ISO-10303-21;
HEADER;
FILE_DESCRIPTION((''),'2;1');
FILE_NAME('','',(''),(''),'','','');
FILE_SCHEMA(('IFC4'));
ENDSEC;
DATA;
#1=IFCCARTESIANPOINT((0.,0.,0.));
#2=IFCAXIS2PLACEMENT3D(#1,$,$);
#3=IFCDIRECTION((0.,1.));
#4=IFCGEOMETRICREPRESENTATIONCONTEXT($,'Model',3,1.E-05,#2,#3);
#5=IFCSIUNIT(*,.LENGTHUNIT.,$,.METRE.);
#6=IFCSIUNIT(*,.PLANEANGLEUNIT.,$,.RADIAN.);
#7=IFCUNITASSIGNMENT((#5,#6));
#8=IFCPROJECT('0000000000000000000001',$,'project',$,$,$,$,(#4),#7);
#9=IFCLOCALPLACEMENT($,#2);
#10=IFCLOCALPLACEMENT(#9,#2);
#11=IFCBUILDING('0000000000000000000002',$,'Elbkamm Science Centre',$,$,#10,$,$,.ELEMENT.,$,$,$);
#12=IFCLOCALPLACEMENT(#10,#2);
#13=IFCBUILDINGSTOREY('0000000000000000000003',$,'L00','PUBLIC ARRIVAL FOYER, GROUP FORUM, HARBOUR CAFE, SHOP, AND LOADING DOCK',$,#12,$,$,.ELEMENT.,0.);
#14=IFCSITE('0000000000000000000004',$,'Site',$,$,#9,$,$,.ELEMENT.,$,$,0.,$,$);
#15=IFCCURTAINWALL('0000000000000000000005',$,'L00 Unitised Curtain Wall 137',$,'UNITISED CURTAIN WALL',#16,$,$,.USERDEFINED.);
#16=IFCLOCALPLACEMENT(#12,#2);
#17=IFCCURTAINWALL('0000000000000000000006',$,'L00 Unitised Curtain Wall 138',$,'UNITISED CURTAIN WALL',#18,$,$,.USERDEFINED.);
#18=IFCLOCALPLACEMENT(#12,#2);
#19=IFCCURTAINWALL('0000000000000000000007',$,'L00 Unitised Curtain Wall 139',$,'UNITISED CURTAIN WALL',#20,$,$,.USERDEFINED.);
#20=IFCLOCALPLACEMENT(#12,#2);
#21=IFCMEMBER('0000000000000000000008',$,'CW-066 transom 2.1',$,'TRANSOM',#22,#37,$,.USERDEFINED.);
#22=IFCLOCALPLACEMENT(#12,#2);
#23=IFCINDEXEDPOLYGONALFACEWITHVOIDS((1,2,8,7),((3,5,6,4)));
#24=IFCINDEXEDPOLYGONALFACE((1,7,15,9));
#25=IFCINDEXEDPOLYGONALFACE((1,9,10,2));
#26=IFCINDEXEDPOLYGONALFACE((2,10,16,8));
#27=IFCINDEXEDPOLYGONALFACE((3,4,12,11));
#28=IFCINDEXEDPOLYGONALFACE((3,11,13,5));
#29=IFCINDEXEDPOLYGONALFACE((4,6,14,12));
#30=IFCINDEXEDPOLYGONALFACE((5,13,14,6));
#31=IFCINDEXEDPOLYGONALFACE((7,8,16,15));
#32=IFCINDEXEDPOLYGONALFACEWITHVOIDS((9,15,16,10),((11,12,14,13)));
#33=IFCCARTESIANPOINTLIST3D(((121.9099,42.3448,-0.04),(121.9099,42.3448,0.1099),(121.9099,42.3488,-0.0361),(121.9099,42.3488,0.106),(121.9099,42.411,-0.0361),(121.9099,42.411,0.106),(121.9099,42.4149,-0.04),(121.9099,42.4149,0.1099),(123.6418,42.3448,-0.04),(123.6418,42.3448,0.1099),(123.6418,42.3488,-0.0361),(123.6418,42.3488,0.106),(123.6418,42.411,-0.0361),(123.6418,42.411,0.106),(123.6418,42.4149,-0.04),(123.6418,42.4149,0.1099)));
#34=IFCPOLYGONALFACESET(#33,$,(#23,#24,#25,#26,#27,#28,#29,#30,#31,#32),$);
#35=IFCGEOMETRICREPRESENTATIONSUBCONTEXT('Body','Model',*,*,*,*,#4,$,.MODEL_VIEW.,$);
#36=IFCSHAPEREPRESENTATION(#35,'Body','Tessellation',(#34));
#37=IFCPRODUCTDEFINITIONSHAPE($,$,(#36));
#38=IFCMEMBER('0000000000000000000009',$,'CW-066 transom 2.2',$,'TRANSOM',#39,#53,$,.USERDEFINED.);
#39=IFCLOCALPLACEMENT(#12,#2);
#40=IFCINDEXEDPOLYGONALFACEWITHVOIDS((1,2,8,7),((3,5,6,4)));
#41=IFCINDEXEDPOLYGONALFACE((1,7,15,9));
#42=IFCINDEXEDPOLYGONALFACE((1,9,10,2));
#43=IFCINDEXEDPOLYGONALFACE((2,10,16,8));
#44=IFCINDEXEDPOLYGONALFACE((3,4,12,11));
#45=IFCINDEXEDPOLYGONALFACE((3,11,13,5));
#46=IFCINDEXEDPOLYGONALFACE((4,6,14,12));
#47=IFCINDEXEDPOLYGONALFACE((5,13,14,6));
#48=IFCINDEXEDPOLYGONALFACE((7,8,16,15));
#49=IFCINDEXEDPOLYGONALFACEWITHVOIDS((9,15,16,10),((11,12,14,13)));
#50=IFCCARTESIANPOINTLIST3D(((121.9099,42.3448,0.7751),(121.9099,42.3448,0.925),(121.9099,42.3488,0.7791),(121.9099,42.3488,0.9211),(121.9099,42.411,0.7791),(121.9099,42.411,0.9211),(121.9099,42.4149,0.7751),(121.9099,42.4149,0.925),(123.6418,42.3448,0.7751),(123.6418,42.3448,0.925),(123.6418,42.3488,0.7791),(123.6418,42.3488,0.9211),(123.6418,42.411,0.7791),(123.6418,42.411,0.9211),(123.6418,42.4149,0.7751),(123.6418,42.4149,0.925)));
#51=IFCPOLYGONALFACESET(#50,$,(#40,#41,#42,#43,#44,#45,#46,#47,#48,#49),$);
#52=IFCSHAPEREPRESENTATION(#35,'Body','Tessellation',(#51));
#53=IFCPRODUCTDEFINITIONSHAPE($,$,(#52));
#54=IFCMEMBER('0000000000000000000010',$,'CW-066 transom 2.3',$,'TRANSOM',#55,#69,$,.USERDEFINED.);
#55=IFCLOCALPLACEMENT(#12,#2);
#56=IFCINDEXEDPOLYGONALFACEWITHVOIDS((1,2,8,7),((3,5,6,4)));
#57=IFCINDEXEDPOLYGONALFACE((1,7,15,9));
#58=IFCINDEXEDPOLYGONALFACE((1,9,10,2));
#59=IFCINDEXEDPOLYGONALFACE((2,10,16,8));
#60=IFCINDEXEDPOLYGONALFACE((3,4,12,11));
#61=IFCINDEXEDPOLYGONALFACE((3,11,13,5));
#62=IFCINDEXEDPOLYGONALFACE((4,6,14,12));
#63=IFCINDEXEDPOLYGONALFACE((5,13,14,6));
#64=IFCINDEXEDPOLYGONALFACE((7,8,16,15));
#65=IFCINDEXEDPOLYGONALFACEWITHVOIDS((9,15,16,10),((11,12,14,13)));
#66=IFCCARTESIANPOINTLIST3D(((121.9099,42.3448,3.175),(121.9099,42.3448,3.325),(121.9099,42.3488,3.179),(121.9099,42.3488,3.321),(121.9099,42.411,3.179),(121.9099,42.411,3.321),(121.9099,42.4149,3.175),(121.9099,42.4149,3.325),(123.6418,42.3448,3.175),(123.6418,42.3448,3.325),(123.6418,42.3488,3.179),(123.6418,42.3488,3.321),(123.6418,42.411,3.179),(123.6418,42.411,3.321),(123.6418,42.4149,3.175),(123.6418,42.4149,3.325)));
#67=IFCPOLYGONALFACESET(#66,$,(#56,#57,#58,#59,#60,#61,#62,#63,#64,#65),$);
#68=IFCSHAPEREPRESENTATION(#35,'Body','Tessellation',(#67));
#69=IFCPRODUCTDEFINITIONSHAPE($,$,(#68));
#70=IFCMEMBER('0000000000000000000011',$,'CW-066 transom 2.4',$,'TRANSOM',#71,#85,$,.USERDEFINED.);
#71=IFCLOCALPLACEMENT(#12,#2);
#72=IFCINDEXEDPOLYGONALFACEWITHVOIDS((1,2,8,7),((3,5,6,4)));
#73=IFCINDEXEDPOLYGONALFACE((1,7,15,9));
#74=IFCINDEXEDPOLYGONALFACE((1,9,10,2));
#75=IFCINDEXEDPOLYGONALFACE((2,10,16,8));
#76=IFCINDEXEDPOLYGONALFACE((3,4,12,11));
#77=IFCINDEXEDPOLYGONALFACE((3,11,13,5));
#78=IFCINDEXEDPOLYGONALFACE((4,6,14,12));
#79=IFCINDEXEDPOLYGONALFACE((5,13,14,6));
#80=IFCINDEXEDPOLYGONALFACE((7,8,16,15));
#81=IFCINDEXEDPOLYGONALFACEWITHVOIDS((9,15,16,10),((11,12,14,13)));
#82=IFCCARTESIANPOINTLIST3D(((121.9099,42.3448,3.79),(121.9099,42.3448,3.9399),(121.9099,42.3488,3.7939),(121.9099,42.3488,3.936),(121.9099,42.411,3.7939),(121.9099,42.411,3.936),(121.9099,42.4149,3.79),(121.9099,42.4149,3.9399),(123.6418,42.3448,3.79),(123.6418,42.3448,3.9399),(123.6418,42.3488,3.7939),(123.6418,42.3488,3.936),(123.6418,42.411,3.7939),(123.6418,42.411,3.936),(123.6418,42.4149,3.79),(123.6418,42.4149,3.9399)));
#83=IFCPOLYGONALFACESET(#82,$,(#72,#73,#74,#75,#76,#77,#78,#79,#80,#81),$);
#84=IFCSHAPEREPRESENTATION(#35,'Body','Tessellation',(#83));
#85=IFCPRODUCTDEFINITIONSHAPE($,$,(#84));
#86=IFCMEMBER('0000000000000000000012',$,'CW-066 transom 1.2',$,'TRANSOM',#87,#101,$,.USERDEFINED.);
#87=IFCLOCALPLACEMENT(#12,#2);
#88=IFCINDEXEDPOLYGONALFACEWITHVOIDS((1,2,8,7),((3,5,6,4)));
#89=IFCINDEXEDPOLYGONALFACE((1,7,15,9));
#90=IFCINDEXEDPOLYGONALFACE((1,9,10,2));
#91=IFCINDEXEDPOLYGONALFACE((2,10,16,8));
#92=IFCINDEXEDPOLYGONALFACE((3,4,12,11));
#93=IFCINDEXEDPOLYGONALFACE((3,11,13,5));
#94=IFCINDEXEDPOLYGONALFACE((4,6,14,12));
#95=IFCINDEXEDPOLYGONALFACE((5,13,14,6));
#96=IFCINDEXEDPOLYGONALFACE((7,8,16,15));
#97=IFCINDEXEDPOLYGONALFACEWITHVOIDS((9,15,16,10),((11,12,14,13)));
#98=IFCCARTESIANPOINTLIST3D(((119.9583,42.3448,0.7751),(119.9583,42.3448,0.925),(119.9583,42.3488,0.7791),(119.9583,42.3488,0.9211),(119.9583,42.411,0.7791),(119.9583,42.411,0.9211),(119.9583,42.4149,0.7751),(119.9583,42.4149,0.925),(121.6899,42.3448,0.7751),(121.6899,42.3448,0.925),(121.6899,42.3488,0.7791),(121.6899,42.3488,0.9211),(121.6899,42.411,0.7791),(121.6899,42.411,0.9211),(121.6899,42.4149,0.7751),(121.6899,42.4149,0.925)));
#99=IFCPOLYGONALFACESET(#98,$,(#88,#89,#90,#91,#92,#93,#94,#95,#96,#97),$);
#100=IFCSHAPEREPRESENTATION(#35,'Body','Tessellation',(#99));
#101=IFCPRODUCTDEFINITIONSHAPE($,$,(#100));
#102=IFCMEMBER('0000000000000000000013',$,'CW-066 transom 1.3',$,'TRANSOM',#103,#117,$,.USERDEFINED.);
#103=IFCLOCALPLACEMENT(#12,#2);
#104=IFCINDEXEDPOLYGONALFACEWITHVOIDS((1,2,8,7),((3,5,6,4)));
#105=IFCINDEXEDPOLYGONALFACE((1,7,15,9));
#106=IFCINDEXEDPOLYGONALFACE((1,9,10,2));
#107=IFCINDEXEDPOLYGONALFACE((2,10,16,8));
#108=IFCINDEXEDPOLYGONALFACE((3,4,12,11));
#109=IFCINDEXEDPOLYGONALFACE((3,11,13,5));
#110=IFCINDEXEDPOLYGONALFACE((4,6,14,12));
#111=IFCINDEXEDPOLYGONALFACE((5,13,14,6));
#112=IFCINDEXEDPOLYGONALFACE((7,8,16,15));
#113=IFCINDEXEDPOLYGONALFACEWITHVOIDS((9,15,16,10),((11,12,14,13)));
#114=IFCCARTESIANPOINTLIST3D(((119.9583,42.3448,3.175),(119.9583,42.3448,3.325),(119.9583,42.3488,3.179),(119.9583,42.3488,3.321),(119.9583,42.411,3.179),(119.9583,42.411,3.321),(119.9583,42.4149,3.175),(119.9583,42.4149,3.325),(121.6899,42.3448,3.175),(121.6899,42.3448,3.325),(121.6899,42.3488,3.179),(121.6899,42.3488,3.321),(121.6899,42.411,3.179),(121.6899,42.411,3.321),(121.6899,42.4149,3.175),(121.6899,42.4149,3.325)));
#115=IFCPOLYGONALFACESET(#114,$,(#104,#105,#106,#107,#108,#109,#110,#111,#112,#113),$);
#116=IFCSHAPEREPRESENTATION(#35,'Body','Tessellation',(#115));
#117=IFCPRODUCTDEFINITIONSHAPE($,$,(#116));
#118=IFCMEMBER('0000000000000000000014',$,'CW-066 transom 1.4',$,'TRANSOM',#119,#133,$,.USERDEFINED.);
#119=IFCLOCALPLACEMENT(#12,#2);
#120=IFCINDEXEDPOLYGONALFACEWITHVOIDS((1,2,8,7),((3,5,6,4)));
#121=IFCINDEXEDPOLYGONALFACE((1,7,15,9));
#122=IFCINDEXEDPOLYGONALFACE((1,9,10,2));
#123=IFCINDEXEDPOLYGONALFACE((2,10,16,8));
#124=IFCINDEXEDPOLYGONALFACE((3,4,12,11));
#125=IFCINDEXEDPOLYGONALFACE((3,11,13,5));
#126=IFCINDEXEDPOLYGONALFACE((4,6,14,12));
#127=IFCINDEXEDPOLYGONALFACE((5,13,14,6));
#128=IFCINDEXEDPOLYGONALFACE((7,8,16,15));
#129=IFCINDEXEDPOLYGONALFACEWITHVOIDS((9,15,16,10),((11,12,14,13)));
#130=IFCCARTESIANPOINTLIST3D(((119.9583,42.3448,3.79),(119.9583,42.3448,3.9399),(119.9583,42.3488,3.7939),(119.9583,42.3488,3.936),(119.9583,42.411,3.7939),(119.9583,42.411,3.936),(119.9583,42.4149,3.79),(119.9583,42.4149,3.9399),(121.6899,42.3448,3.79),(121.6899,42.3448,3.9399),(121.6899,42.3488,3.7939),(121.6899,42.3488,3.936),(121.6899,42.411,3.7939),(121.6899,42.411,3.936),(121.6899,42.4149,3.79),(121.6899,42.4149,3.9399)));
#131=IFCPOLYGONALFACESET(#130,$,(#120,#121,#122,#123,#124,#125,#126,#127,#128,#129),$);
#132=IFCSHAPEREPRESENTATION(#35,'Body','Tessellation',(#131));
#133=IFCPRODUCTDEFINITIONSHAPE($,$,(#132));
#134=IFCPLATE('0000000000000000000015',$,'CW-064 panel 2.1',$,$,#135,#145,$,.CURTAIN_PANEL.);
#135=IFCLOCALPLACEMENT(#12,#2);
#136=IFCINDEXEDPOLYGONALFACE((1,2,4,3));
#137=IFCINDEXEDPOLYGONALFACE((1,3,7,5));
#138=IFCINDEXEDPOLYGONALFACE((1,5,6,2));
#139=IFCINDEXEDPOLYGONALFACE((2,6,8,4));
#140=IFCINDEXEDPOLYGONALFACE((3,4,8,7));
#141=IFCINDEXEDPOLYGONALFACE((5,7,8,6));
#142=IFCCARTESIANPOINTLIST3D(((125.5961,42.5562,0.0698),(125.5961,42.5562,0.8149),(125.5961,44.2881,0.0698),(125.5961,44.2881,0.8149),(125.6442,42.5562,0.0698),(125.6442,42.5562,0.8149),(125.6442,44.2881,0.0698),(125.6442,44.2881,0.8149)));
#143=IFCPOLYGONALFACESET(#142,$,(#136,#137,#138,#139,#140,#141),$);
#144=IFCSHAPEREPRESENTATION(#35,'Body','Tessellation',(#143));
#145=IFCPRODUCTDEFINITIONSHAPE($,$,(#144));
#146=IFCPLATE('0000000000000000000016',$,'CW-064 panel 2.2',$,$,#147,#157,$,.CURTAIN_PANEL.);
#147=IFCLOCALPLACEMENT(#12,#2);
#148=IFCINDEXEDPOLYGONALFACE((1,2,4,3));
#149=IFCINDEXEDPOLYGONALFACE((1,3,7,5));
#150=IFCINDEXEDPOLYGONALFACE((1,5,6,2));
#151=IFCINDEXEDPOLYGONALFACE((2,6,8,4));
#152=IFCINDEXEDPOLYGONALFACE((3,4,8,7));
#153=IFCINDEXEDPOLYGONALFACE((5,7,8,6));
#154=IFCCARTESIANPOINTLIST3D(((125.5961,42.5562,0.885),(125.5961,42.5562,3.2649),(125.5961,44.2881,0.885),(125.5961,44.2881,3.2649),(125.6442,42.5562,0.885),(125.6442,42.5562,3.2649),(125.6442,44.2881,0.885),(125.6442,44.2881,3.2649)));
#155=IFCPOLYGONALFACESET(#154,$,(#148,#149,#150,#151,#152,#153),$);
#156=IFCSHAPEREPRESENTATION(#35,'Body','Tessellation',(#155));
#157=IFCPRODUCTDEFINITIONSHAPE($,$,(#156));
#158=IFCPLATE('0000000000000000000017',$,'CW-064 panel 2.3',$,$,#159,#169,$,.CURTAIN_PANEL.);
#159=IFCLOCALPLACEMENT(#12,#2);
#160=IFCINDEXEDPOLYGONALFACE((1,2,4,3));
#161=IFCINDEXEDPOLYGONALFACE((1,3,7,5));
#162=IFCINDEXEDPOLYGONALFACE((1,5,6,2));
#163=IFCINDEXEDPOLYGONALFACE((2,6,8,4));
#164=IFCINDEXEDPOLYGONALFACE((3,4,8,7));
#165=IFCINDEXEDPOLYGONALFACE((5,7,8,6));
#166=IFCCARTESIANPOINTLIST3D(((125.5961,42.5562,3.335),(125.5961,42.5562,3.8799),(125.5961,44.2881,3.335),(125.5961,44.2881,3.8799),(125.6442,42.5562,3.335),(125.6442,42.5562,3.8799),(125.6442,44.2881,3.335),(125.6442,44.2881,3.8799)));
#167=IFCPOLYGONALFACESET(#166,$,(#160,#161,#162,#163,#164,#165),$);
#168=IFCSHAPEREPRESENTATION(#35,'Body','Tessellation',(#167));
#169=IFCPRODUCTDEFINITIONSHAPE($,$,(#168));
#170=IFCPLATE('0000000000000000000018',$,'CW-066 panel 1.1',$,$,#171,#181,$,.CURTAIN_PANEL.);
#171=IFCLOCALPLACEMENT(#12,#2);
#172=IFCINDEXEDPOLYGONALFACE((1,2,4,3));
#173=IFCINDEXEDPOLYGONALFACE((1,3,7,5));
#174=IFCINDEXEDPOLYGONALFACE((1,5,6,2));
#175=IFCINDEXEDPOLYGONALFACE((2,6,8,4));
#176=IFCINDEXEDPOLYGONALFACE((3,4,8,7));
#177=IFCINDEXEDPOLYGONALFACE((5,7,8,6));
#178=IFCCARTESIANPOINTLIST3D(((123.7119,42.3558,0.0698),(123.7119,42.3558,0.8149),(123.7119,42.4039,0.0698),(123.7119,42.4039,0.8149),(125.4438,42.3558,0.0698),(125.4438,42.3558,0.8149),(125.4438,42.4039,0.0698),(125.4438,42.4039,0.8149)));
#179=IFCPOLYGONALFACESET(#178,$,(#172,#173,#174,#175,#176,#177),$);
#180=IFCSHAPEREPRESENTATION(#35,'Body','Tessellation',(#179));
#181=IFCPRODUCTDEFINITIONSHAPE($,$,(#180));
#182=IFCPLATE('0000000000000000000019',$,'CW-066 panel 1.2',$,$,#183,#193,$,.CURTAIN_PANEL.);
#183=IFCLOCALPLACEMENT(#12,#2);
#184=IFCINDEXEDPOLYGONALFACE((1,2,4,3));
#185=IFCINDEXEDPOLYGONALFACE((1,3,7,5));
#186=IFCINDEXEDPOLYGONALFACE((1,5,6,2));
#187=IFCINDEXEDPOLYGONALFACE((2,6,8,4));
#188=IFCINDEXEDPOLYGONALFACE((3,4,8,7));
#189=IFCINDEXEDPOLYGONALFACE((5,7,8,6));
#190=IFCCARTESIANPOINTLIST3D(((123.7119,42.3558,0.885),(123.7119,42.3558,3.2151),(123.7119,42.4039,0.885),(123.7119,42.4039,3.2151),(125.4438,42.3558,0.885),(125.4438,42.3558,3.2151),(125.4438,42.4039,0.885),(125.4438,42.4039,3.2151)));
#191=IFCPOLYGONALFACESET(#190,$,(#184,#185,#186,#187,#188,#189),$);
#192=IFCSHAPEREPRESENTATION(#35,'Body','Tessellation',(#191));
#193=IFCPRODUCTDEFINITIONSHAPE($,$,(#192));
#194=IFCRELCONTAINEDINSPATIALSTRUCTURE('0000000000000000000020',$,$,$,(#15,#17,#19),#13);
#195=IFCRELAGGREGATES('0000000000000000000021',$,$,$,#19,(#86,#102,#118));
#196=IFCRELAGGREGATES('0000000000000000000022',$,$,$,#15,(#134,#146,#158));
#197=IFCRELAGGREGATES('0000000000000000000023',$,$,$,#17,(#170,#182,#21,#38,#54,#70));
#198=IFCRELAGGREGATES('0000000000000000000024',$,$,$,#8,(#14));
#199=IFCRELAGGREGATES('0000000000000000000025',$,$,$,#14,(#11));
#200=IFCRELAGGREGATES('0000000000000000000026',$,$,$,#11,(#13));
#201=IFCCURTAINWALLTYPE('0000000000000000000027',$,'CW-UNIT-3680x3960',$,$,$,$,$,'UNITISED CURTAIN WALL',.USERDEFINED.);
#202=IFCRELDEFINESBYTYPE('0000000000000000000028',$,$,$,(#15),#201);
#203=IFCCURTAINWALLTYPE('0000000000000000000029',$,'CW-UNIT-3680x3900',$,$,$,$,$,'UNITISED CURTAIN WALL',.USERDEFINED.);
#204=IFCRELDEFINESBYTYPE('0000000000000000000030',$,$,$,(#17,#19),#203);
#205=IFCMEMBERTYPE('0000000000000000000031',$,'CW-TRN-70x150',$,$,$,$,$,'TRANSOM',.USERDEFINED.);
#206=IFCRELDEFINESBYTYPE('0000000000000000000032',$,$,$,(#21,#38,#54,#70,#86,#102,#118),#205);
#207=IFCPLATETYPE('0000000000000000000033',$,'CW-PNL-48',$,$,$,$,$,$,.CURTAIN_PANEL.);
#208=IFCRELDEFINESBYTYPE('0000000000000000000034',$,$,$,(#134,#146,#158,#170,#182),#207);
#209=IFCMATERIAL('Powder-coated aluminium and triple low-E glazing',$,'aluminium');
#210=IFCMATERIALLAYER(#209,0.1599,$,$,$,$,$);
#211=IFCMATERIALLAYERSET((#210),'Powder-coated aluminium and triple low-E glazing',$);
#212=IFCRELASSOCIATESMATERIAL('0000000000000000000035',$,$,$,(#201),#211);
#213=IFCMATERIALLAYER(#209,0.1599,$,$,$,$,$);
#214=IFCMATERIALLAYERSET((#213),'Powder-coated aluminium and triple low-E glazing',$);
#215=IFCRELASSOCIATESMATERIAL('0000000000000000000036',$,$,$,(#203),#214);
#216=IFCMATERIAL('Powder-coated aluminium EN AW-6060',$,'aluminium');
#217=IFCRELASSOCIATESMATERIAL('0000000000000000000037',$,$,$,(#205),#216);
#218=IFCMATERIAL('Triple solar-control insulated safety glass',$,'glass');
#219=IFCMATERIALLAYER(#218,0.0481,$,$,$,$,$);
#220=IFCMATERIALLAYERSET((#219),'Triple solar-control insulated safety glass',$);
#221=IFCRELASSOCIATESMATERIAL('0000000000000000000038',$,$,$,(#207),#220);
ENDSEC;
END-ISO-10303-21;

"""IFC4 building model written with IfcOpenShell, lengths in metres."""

from ifc_helpers import new_model, si_unit, direction, frame, origin, origin_2d, place, context, subcontext, project, spatial, rectangle, hollow_rectangle, extrude, material, layer, layer_set, material_profile, profile_set, type_object, element, aggregate, save


model = new_model("IFC4")

# Units and contexts
model_context = context("Model", 3, precision=1e-05, world=origin(), true_north=direction((0.0, 1.0)))
body_context = subcontext(model_context, "Body", "Model", "MODEL_VIEW")
ifc_project = project(units=[si_unit("LENGTHUNIT", "METRE"), si_unit("PLANEANGLEUNIT", "RADIAN")], contexts=[model_context])

# Site, building, storey
site_placement = place(None, origin())
site = spatial("IfcSite", under=ifc_project, at=site_placement, Name="Site", CompositionType="ELEMENT", RefElevation=0.0)
building_placement = place(site_placement, origin())
building = spatial("IfcBuilding", under=site, at=building_placement, Name="Elbkamm Science Centre", CompositionType="ELEMENT")
storey_placement = place(building_placement, origin())
storey = spatial("IfcBuildingStorey", under=building, at=storey_placement, Name="L00", Description="PUBLIC ARRIVAL FOYER, GROUP FORUM, HARBOUR CAFE, SHOP, AND LOADING DOCK", CompositionType="ELEMENT", Elevation=0.0)

# Curtain wall
ifc_material_1 = material(Name="Powder-coated aluminium and triple low-E glazing", Category="aluminium")
ifc_layer_1 = layer(ifc_material_1, 0.1599)
ifc_layer_set_1 = layer_set([ifc_layer_1], Name="Powder-coated aluminium and triple low-E glazing")
curtain_wall_type_1 = type_object("IfcCurtainWallType", Name="CW-UNIT-3680x3960", ElementType="UNITISED CURTAIN WALL", PredefinedType="USERDEFINED", material=ifc_layer_set_1)
curtain_wall_1_placement = place(storey_placement, origin())
curtain_wall_1 = element("IfcCurtainWall", 1, at=curtain_wall_1_placement, inside=storey, type_object=curtain_wall_type_1, Name="L00 Unitised Curtain Wall 137", ObjectType="UNITISED CURTAIN WALL", PredefinedType="USERDEFINED")
ifc_material_2 = material(Name="Powder-coated aluminium EN AW-6060", Category="aluminium")

# Curtain wall
ifc_layer_2 = layer(ifc_material_1, 0.1599)
ifc_layer_set_2 = layer_set([ifc_layer_2], Name="Powder-coated aluminium and triple low-E glazing")
curtain_wall_type_2 = type_object("IfcCurtainWallType", Name="CW-UNIT-3680x3900", ElementType="UNITISED CURTAIN WALL", PredefinedType="USERDEFINED", material=ifc_layer_set_2)
curtain_wall_2_placement = place(storey_placement, origin())
curtain_wall_2 = element("IfcCurtainWall", 2, at=curtain_wall_2_placement, inside=storey, type_object=curtain_wall_type_2, Name="L00 Unitised Curtain Wall 138", ObjectType="UNITISED CURTAIN WALL", PredefinedType="USERDEFINED")

# Curtain wall
curtain_wall_3_placement = place(storey_placement, origin())
curtain_wall_3 = element("IfcCurtainWall", 3, at=curtain_wall_3_placement, inside=storey, type_object=curtain_wall_type_2, Name="L00 Unitised Curtain Wall 139", ObjectType="UNITISED CURTAIN WALL", PredefinedType="USERDEFINED")

# Members
ifc_material_profile_1 = material_profile(ifc_material_2, hollow_rectangle(XDim=0.0701, YDim=0.1499, WallThickness=0.0039, at=origin_2d()), Name="ALU T70x150")
ifc_profile_set_1 = profile_set([ifc_material_profile_1], Name="Powder-coated aluminium EN AW-6060")
member_type_1 = type_object("IfcMemberType", Name="CW-TRN-70x150", ElementType="TRANSOM", PredefinedType="USERDEFINED", material=ifc_profile_set_1)
member_1_placement = place(storey_placement, frame((123.6418, 42.3799, 0.0349), z_axis=(-1.0, 0.0, 0.0), x_axis=(0.0, -1.0, 0.0)))
member_1 = element("IfcMember", 4, at=member_1_placement, type_object=member_type_1, Name="CW-066 transom 2.1", ObjectType="TRANSOM", PredefinedType="USERDEFINED", context=body_context, shape_type="SweptSolid", body=[
    extrude(hollow_rectangle(XDim=0.0701, YDim=0.1499, WallThickness=0.0039, at=origin_2d()), origin(), (0.0, 0.0, 1.0), 1.7319),
])
member_2_placement = place(storey_placement, frame((123.6418, 42.3799, 0.8501), z_axis=(-1.0, 0.0, 0.0), x_axis=(0.0, -1.0, 0.0)))
member_2 = element("IfcMember", 5, at=member_2_placement, type_object=member_type_1, Name="CW-066 transom 2.2", ObjectType="TRANSOM", PredefinedType="USERDEFINED", context=body_context, shape_type="SweptSolid", body=[
    extrude(hollow_rectangle(XDim=0.0701, YDim=0.1499, WallThickness=0.0039, at=origin_2d()), origin(), (0.0, 0.0, 1.0), 1.7319),
])
member_3_placement = place(storey_placement, frame((123.6418, 42.3799, 3.25), z_axis=(-1.0, 0.0, 0.0), x_axis=(0.0, -1.0, 0.0)))
member_3 = element("IfcMember", 6, at=member_3_placement, type_object=member_type_1, Name="CW-066 transom 2.3", ObjectType="TRANSOM", PredefinedType="USERDEFINED", context=body_context, shape_type="SweptSolid", body=[
    extrude(hollow_rectangle(XDim=0.0701, YDim=0.1499, WallThickness=0.0039, at=origin_2d()), origin(), (0.0, 0.0, 1.0), 1.7319),
])
member_4_placement = place(storey_placement, frame((123.6418, 42.3799, 3.865), z_axis=(-1.0, 0.0, 0.0), x_axis=(0.0, -1.0, 0.0)))
member_4 = element("IfcMember", 7, at=member_4_placement, type_object=member_type_1, Name="CW-066 transom 2.4", ObjectType="TRANSOM", PredefinedType="USERDEFINED", context=body_context, shape_type="SweptSolid", body=[
    extrude(hollow_rectangle(XDim=0.0701, YDim=0.1499, WallThickness=0.0039, at=origin_2d()), origin(), (0.0, 0.0, 1.0), 1.7319),
])
member_5_placement = place(storey_placement, frame((121.6899, 42.3799, 0.8501), z_axis=(-1.0, 0.0, 0.0), x_axis=(0.0, -1.0, 0.0)))
member_5 = element("IfcMember", 8, at=member_5_placement, type_object=member_type_1, Name="CW-066 transom 1.2", ObjectType="TRANSOM", PredefinedType="USERDEFINED", context=body_context, shape_type="SweptSolid", body=[
    extrude(hollow_rectangle(XDim=0.0701, YDim=0.1499, WallThickness=0.0039, at=origin_2d()), origin(), (0.0, 0.0, 1.0), 1.7317),
])
member_6_placement = place(storey_placement, frame((121.6899, 42.3799, 3.25), z_axis=(-1.0, 0.0, 0.0), x_axis=(0.0, -1.0, 0.0)))
member_6 = element("IfcMember", 9, at=member_6_placement, type_object=member_type_1, Name="CW-066 transom 1.3", ObjectType="TRANSOM", PredefinedType="USERDEFINED", context=body_context, shape_type="SweptSolid", body=[
    extrude(hollow_rectangle(XDim=0.0701, YDim=0.1499, WallThickness=0.0039, at=origin_2d()), origin(), (0.0, 0.0, 1.0), 1.7317),
])
member_7_placement = place(storey_placement, frame((121.6899, 42.3799, 3.865), z_axis=(-1.0, 0.0, 0.0), x_axis=(0.0, -1.0, 0.0)))
member_7 = element("IfcMember", 10, at=member_7_placement, type_object=member_type_1, Name="CW-066 transom 1.4", ObjectType="TRANSOM", PredefinedType="USERDEFINED", context=body_context, shape_type="SweptSolid", body=[
    extrude(hollow_rectangle(XDim=0.0701, YDim=0.1499, WallThickness=0.0039, at=origin_2d()), origin(), (0.0, 0.0, 1.0), 1.7317),
])
aggregate(curtain_wall_3, [member_5, member_6, member_7])

# Plates
ifc_material_3 = material(Name="Triple solar-control insulated safety glass", Category="glass")
ifc_layer_3 = layer(ifc_material_3, 0.0481)
ifc_layer_set_3 = layer_set([ifc_layer_3], Name="Triple solar-control insulated safety glass")
plate_type = type_object("IfcPlateType", Name="CW-PNL-48", PredefinedType="CURTAIN_PANEL", material=ifc_layer_set_3)
plate_1_placement = place(storey_placement, frame((125.6201, 43.4221, 0.0698), z_axis=(0.0, 0.0, 1.0), x_axis=(0.0, -1.0, 0.0)))
plate_1 = element("IfcPlate", 11, at=plate_1_placement, type_object=plate_type, Name="CW-064 panel 2.1", PredefinedType="CURTAIN_PANEL", context=body_context, shape_type="SweptSolid", body=[
    extrude(rectangle(XDim=1.7319, YDim=0.0481, at=origin_2d()), origin(), (0.0, 0.0, 1.0), 0.7451),
])
plate_2_placement = place(storey_placement, frame((125.6201, 43.4221, 0.885), z_axis=(0.0, 0.0, 1.0), x_axis=(0.0, -1.0, 0.0)))
plate_2 = element("IfcPlate", 12, at=plate_2_placement, type_object=plate_type, Name="CW-064 panel 2.2", PredefinedType="CURTAIN_PANEL", context=body_context, shape_type="SweptSolid", body=[
    extrude(rectangle(XDim=1.7319, YDim=0.0481, at=origin_2d()), origin(), (0.0, 0.0, 1.0), 2.3799),
])
plate_3_placement = place(storey_placement, frame((125.6201, 43.4221, 3.335), z_axis=(0.0, 0.0, 1.0), x_axis=(0.0, -1.0, 0.0)))
plate_3 = element("IfcPlate", 13, at=plate_3_placement, type_object=plate_type, Name="CW-064 panel 2.3", PredefinedType="CURTAIN_PANEL", context=body_context, shape_type="SweptSolid", body=[
    extrude(rectangle(XDim=1.7319, YDim=0.0481, at=origin_2d()), origin(), (0.0, 0.0, 1.0), 0.5449),
])
aggregate(curtain_wall_1, [plate_1, plate_2, plate_3])
plate_4_placement = place(storey_placement, frame((124.5779, 42.3799, 0.0698), z_axis=(0.0, 0.0, 1.0), x_axis=(-1.0, 0.0, 0.0)))
plate_4 = element("IfcPlate", 14, at=plate_4_placement, type_object=plate_type, Name="CW-066 panel 1.1", PredefinedType="CURTAIN_PANEL", context=body_context, shape_type="SweptSolid", body=[
    extrude(rectangle(XDim=1.7319, YDim=0.0481, at=origin_2d()), origin(), (0.0, 0.0, 1.0), 0.7451),
])
plate_5_placement = place(storey_placement, frame((124.5779, 42.3799, 0.885), z_axis=(0.0, 0.0, 1.0), x_axis=(-1.0, 0.0, 0.0)))
plate_5 = element("IfcPlate", 15, at=plate_5_placement, type_object=plate_type, Name="CW-066 panel 1.2", PredefinedType="CURTAIN_PANEL", context=body_context, shape_type="SweptSolid", body=[
    extrude(rectangle(XDim=1.7319, YDim=0.0481, at=origin_2d()), origin(), (0.0, 0.0, 1.0), 2.3301),
])
aggregate(curtain_wall_2, [plate_4, plate_5, member_1, member_2, member_3, member_4])

save(model, "model.ifc")
